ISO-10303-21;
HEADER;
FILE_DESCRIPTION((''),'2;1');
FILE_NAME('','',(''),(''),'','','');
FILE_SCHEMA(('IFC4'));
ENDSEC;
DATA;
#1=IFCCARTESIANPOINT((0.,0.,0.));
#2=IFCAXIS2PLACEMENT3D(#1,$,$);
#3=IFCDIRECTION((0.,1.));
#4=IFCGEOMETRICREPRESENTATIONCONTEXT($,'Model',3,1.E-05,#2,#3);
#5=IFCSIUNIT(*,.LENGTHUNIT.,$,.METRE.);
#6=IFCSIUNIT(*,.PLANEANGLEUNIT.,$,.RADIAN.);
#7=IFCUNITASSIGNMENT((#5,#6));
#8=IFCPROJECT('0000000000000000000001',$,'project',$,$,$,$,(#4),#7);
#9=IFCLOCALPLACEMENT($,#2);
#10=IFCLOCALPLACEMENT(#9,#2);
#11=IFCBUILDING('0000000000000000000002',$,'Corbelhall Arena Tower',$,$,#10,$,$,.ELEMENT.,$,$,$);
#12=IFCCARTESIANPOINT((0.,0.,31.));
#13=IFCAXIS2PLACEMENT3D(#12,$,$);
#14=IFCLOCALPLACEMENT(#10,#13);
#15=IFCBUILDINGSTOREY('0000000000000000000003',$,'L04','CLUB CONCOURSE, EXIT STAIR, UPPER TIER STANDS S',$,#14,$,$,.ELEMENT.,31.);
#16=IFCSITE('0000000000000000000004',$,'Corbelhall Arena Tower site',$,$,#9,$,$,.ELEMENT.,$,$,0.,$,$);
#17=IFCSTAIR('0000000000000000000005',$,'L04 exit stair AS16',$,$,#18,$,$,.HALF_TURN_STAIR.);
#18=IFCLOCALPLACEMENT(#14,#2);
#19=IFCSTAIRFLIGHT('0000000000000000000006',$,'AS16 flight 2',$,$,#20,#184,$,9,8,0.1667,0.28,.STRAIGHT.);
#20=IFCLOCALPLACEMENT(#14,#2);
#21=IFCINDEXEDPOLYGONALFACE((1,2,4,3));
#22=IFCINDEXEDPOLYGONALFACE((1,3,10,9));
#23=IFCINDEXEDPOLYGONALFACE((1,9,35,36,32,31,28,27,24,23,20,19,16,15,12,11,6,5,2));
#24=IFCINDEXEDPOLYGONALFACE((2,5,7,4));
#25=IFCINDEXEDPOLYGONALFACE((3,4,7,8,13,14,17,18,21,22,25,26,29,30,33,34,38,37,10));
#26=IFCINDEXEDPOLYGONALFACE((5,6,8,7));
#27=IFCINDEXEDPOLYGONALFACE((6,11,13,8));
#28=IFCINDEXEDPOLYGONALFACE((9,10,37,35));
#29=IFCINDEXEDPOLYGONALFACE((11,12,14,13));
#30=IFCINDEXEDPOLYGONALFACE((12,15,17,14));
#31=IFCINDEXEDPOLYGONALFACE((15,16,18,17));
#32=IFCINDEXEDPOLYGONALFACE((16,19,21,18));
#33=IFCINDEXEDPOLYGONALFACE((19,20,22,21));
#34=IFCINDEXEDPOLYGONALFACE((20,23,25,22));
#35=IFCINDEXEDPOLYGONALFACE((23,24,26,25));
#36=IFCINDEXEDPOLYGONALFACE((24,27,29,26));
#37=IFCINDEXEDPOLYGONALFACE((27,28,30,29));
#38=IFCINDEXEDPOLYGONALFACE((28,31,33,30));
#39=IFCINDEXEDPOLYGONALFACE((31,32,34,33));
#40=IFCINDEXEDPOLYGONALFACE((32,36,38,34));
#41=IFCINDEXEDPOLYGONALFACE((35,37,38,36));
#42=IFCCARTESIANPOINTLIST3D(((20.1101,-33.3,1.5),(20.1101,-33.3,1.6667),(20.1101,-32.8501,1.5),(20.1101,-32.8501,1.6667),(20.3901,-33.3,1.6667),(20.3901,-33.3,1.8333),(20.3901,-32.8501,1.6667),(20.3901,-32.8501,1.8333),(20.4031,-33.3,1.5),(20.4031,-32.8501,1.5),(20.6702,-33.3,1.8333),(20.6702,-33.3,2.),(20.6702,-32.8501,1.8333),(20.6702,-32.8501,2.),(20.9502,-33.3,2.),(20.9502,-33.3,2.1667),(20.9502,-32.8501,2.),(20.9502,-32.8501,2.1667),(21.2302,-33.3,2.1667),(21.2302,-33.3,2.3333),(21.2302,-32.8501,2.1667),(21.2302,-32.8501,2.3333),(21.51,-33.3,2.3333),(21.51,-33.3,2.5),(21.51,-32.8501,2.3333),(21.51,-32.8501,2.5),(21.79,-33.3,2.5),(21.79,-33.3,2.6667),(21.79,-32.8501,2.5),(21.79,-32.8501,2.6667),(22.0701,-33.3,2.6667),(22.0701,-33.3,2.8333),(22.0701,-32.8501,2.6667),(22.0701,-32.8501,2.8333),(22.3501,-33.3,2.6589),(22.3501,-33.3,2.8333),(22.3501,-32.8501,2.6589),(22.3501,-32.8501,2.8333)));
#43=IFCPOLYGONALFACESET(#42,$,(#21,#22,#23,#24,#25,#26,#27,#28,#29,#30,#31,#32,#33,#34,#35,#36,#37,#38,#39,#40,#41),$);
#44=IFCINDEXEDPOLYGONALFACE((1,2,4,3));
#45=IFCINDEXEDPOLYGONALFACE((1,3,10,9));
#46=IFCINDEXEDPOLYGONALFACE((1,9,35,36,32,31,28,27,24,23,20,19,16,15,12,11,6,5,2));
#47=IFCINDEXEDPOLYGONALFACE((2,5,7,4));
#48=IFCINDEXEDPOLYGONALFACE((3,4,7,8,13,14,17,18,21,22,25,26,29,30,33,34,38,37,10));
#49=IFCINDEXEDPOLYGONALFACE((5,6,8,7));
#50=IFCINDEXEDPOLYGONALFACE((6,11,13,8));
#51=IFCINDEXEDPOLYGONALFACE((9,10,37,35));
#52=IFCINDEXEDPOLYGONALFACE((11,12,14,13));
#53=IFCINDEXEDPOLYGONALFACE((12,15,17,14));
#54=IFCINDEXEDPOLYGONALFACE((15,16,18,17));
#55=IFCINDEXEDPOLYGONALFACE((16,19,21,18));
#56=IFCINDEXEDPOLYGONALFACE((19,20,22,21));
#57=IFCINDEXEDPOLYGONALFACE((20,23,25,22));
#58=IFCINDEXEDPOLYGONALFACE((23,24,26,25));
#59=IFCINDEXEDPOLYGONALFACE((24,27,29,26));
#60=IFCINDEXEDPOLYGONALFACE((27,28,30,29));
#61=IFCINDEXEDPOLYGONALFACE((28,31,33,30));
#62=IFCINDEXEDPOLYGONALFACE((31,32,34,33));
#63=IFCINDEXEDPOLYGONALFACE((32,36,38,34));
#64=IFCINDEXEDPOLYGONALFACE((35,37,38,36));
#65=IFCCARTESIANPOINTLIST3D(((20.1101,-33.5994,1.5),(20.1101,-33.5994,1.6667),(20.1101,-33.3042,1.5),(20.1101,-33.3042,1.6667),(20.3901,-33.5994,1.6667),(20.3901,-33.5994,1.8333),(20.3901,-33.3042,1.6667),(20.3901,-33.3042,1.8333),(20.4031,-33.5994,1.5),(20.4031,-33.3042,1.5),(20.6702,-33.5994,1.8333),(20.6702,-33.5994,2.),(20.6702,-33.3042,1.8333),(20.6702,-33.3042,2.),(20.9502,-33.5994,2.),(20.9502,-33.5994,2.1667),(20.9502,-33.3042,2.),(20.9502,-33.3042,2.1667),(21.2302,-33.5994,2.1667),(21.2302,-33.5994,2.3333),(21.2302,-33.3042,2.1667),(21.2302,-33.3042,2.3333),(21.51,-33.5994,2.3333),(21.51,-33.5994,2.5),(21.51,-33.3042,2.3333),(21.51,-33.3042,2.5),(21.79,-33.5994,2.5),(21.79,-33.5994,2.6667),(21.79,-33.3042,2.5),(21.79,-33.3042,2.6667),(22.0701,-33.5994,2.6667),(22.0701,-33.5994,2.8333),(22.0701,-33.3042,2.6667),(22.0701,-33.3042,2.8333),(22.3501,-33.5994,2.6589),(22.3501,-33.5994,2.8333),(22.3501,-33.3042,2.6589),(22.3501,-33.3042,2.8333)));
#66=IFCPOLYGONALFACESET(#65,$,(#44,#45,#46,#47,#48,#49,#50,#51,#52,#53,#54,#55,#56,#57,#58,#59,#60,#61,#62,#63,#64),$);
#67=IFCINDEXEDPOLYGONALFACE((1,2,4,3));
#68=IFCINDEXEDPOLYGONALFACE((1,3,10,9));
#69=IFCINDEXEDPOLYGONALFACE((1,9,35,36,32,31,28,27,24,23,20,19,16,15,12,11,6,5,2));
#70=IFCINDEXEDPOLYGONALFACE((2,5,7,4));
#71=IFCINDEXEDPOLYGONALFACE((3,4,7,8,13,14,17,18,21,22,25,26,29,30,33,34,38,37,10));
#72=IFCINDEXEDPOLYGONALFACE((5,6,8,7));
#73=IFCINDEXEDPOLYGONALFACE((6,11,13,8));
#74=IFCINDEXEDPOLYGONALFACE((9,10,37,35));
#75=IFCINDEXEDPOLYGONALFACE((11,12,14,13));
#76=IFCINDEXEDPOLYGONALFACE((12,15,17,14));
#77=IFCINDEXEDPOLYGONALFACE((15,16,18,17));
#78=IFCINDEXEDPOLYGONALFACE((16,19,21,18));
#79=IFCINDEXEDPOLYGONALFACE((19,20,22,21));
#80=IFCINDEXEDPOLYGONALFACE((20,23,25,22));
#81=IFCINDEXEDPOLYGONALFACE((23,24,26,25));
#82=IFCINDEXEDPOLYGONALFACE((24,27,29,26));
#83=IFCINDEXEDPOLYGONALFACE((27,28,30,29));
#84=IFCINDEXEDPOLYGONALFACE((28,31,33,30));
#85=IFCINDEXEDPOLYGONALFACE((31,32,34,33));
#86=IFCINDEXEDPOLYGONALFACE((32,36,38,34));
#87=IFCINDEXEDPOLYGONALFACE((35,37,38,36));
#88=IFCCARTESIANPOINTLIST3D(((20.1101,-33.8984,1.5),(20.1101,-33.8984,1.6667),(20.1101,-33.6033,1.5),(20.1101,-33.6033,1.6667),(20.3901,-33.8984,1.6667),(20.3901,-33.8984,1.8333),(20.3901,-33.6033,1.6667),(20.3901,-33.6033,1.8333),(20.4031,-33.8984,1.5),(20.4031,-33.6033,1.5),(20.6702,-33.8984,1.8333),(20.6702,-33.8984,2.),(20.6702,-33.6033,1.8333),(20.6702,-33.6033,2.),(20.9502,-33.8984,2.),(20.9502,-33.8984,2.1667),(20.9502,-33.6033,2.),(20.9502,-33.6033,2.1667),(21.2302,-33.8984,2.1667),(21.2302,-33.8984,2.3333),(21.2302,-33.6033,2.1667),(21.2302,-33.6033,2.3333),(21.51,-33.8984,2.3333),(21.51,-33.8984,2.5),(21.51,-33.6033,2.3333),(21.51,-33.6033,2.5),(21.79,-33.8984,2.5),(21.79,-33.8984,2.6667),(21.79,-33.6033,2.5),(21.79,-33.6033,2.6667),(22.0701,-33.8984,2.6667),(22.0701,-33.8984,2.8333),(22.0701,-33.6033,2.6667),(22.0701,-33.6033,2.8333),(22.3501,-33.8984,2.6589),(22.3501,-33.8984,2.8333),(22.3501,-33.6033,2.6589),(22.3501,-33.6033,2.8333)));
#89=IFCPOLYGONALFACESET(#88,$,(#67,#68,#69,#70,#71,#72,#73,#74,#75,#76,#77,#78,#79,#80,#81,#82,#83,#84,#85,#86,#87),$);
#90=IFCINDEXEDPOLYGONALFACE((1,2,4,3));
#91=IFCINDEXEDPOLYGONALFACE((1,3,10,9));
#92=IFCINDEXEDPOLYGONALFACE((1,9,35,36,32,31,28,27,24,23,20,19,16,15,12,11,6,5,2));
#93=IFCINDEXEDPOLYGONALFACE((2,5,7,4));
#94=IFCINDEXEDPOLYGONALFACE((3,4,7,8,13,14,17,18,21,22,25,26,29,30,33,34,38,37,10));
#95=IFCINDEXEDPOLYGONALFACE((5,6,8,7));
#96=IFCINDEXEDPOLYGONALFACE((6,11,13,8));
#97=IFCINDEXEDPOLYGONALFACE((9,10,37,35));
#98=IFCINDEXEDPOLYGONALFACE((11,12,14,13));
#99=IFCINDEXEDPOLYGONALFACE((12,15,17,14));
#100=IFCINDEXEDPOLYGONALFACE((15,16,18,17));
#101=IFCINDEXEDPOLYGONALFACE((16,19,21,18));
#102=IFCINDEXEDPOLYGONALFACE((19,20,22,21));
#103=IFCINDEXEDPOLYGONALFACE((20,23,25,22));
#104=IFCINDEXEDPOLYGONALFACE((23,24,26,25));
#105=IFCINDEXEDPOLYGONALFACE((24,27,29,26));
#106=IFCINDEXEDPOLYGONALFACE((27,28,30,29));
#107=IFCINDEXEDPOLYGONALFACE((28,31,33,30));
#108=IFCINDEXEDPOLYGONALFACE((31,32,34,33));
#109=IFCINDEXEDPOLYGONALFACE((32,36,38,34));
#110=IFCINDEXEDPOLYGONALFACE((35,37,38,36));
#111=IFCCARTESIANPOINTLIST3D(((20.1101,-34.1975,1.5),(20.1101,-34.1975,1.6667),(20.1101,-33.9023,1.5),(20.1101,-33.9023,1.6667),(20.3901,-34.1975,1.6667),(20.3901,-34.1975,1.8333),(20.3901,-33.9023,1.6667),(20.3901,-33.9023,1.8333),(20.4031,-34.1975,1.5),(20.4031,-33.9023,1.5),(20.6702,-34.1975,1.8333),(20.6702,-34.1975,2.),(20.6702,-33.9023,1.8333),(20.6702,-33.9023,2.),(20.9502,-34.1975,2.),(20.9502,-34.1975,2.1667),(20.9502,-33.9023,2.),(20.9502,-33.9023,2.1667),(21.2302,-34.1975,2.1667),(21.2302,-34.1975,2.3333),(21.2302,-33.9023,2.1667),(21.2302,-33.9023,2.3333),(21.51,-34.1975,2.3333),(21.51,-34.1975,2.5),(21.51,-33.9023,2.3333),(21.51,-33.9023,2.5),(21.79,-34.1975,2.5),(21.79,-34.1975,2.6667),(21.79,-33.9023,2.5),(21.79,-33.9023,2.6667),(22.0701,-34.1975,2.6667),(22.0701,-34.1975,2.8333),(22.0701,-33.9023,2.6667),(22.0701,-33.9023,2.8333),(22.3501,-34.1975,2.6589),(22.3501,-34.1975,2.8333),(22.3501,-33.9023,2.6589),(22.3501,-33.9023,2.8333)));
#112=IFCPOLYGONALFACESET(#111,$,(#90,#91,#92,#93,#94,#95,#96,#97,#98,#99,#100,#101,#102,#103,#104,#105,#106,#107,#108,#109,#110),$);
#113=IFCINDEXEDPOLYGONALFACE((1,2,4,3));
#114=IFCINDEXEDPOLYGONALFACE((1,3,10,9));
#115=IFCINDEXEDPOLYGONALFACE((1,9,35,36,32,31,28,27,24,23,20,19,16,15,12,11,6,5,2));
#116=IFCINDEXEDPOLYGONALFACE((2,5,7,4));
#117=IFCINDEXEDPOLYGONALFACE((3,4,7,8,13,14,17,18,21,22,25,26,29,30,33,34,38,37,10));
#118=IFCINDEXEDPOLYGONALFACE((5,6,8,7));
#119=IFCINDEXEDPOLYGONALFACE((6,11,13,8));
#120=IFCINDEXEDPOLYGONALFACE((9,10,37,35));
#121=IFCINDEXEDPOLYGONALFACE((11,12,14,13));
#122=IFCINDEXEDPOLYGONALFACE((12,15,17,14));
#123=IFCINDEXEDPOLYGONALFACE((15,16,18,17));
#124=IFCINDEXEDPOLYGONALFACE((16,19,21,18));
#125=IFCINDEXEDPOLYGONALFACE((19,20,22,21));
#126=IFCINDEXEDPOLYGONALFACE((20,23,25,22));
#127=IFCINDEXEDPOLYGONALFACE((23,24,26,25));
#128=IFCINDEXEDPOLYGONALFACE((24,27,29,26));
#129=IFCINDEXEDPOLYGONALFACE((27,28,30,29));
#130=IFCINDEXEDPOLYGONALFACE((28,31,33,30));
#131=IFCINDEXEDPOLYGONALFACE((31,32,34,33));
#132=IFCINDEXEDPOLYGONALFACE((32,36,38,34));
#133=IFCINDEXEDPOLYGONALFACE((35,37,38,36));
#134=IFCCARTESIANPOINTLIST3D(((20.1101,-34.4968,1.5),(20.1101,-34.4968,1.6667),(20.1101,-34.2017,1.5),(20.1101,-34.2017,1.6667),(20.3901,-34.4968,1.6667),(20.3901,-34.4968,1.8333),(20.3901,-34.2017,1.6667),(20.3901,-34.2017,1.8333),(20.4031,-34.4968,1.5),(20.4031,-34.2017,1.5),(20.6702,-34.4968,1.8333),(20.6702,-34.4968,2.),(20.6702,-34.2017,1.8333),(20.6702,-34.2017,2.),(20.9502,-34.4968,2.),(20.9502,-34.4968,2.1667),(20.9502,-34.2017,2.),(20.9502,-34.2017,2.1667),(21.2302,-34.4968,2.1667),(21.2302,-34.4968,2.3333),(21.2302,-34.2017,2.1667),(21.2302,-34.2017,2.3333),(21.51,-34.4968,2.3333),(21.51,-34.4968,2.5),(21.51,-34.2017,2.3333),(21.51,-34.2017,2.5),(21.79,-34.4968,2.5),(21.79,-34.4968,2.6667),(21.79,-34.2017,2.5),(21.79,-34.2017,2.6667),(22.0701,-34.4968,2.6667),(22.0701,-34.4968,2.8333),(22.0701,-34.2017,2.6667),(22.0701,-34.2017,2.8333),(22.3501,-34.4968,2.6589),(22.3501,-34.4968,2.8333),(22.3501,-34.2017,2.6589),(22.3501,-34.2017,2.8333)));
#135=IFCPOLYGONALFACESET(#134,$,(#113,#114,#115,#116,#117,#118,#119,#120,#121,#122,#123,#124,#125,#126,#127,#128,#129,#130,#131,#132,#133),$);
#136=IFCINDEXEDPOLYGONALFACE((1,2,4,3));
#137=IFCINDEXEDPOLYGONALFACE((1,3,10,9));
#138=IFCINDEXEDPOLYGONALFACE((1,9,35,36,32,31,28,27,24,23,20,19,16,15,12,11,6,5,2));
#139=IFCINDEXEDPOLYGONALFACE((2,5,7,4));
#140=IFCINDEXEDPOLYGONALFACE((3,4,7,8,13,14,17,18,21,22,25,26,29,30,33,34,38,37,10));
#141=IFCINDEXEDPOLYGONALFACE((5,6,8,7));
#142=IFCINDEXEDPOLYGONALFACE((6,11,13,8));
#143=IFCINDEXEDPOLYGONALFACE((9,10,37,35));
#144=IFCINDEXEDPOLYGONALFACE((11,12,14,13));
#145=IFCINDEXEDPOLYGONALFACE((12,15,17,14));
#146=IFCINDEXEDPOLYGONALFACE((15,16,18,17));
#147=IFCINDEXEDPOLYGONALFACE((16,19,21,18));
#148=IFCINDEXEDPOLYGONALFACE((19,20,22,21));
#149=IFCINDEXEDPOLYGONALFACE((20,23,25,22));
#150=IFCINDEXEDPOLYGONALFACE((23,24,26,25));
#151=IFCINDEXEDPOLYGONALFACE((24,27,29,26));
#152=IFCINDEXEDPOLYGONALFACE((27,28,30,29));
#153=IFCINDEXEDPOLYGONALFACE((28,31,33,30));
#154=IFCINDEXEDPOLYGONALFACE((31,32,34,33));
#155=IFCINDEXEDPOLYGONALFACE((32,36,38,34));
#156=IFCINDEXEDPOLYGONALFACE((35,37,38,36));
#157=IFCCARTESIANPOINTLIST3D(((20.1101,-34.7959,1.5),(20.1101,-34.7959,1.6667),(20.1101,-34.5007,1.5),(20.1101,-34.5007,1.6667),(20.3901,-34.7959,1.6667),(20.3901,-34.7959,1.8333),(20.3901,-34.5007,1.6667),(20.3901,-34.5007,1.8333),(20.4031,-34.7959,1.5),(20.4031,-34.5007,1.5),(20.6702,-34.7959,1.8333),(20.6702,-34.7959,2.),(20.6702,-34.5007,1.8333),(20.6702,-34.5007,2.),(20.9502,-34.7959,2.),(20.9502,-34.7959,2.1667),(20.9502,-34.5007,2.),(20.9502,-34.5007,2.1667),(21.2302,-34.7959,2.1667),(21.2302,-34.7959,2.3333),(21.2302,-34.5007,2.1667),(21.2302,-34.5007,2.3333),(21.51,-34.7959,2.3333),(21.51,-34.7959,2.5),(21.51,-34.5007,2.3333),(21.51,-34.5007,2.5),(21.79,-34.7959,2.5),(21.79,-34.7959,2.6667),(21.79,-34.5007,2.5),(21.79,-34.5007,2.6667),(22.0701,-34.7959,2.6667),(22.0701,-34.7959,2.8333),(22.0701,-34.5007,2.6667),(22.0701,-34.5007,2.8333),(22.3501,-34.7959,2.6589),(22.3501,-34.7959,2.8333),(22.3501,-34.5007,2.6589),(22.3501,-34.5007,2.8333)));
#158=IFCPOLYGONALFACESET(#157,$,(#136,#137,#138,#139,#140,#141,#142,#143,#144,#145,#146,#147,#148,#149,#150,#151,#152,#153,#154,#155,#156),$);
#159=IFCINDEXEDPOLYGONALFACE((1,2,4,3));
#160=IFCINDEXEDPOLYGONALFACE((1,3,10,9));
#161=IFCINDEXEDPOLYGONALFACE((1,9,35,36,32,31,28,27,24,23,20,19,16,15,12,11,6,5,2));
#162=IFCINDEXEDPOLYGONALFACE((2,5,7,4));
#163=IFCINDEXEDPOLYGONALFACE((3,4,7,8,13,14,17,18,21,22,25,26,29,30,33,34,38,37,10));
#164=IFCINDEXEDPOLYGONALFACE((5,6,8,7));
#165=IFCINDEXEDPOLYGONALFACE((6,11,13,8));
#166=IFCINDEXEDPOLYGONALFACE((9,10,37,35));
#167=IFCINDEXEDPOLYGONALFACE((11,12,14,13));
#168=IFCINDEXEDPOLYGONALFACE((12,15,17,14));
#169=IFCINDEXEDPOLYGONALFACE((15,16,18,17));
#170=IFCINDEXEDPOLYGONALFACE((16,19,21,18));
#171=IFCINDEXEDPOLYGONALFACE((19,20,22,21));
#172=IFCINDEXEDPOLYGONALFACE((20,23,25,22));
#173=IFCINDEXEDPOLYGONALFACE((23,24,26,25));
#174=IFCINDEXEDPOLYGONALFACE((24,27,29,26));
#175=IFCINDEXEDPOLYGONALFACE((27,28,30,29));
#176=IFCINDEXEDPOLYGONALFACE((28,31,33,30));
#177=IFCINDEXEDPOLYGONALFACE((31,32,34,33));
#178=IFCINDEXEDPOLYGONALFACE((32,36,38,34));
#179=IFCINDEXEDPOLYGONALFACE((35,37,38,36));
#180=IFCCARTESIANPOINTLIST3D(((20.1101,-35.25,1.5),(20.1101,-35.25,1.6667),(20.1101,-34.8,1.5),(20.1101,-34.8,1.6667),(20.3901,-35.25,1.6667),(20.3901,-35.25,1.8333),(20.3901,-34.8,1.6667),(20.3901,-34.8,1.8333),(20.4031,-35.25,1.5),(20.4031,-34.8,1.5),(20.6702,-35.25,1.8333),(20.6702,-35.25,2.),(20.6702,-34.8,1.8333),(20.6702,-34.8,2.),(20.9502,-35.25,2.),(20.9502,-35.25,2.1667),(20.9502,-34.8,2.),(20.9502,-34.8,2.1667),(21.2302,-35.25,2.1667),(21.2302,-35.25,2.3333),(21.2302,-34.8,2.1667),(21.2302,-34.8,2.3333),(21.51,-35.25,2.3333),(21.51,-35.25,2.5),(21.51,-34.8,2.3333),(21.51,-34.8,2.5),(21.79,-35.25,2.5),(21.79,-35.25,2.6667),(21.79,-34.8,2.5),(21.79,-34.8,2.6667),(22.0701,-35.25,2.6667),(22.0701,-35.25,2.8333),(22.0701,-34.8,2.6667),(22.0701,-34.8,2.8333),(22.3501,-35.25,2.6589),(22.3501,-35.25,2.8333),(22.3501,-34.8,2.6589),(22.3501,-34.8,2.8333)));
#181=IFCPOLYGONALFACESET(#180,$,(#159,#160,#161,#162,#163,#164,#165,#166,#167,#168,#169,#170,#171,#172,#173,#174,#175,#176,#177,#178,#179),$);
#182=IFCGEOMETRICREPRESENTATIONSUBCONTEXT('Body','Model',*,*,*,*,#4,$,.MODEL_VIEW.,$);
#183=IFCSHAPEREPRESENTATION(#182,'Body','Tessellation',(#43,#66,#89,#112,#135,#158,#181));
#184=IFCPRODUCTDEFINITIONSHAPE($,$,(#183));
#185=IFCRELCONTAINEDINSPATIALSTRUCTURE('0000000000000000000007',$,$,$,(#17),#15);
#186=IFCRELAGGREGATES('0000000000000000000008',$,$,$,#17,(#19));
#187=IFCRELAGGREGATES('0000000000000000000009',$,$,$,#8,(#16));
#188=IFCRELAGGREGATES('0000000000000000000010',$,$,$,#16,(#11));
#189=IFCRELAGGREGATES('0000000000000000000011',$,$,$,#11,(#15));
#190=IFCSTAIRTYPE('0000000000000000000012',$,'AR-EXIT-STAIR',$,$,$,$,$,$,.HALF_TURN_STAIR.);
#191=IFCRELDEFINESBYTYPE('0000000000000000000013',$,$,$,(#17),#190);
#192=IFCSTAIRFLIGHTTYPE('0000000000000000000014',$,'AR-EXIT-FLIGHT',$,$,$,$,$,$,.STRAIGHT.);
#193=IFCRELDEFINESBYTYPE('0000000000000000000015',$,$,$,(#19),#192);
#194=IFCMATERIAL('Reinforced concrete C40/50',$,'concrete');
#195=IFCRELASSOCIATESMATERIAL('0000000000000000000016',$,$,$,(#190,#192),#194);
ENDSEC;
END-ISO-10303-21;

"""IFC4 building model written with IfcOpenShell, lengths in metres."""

from ifc_helpers import new_model, si_unit, direction, frame, origin, place, context, subcontext, project, spatial, polyline, outline, extrude, material, type_object, element, aggregate, save


model = new_model("IFC4")

# Units and contexts
model_context = context("Model", 3, precision=1e-05, world=origin(), true_north=direction((0.0, 1.0)))
body_context = subcontext(model_context, "Body", "Model", "MODEL_VIEW")
ifc_project = project(units=[si_unit("LENGTHUNIT", "METRE"), si_unit("PLANEANGLEUNIT", "RADIAN")], contexts=[model_context])

# Site, building, storey
site_placement = place(None, origin())
site = spatial("IfcSite", under=ifc_project, at=site_placement, Name="Corbelhall Arena Tower site", CompositionType="ELEMENT", RefElevation=0.0)
building_placement = place(site_placement, origin())
building = spatial("IfcBuilding", under=site, at=building_placement, Name="Corbelhall Arena Tower", CompositionType="ELEMENT")
storey_placement = place(building_placement, frame((0.0, 0.0, 31.0)))
storey = spatial("IfcBuildingStorey", under=building, at=storey_placement, Name="L04", Description="CLUB CONCOURSE, EXIT STAIR, UPPER TIER STANDS S", CompositionType="ELEMENT", Elevation=31.0)

# Shared definitions
ifc_material_1 = material(Name="Reinforced concrete C40/50", Category="concrete")

# Stair, stair flight
stair_type = type_object("IfcStairType", Name="AR-EXIT-STAIR", PredefinedType="HALF_TURN_STAIR", material=ifc_material_1)
stair_flight_type = type_object("IfcStairFlightType", Name="AR-EXIT-FLIGHT", PredefinedType="STRAIGHT", material=ifc_material_1)
stair_1_placement = place(storey_placement, origin())
stair_1 = element("IfcStair", 1, at=stair_1_placement, inside=storey, type_object=stair_type, Name="L04 exit stair AS16", PredefinedType="HALF_TURN_STAIR")
stair_flight_1_placement = place(storey_placement, frame((20.1101, -34.05, 1.5), z_axis=(0.0, 0.0, 1.0), x_axis=(1.0, 0.0, 0.0)))
stair_flight_1 = element("IfcStairFlight", 2, at=stair_flight_1_placement, type_object=stair_flight_type, Name="AS16 flight 2", NumberOfRisers=9, NumberOfTreads=8, PredefinedType="STRAIGHT", RiserHeight=0.1667, TreadLength=0.28, context=body_context, shape_type="SweptSolid", body=[
    extrude(outline(polyline([(0.0, 0.0), (0.0, 0.1667), (0.28, 0.1667), (0.28, 0.3333), (0.5601, 0.3333), (0.5601, 0.5), (0.8401, 0.5), (0.8401, 0.6667), (1.1201, 0.6667), (1.1201, 0.8333), (1.3999, 0.8333), (1.3999, 1.0), (1.6799, 1.0), (1.6799, 1.1667), (1.96, 1.1667), (1.96, 1.3333), (2.24, 1.3333), (2.24, 1.5), (2.24, 1.1589), (0.293, 0.0), (0.0, 0.0)])), frame((0.0, 1.2, 0.0), z_axis=(0.0, -1.0, 0.0), x_axis=(1.0, 0.0, 0.0)), (0.0, 0.0, 1.0), 0.45),
    extrude(outline(polyline([(0.0, 0.0), (0.0, 0.1667), (0.28, 0.1667), (0.28, 0.3333), (0.5601, 0.3333), (0.5601, 0.5), (0.8401, 0.5), (0.8401, 0.6667), (1.1201, 0.6667), (1.1201, 0.8333), (1.3999, 0.8333), (1.3999, 1.0), (1.6799, 1.0), (1.6799, 1.1667), (1.96, 1.1667), (1.96, 1.3333), (2.24, 1.3333), (2.24, 1.5), (2.24, 1.1589), (0.293, 0.0), (0.0, 0.0)])), frame((0.0, 0.7458, 0.0), z_axis=(0.0, -1.0, 0.0), x_axis=(1.0, 0.0, 0.0)), (0.0, 0.0, 1.0), 0.2952),
    extrude(outline(polyline([(0.0, 0.0), (0.0, 0.1667), (0.28, 0.1667), (0.28, 0.3333), (0.5601, 0.3333), (0.5601, 0.5), (0.8401, 0.5), (0.8401, 0.6667), (1.1201, 0.6667), (1.1201, 0.8333), (1.3999, 0.8333), (1.3999, 1.0), (1.6799, 1.0), (1.6799, 1.1667), (1.96, 1.1667), (1.96, 1.3333), (2.24, 1.3333), (2.24, 1.5), (2.24, 1.1589), (0.293, 0.0), (0.0, 0.0)])), frame((0.0, 0.4468, 0.0), z_axis=(0.0, -1.0, 0.0), x_axis=(1.0, 0.0, 0.0)), (0.0, 0.0, 1.0), 0.2952),
    extrude(outline(polyline([(0.0, 0.0), (0.0, 0.1667), (0.28, 0.1667), (0.28, 0.3333), (0.5601, 0.3333), (0.5601, 0.5), (0.8401, 0.5), (0.8401, 0.6667), (1.1201, 0.6667), (1.1201, 0.8333), (1.3999, 0.8333), (1.3999, 1.0), (1.6799, 1.0), (1.6799, 1.1667), (1.96, 1.1667), (1.96, 1.3333), (2.24, 1.3333), (2.24, 1.5), (2.24, 1.1589), (0.293, 0.0), (0.0, 0.0)])), frame((0.0, 0.1477, 0.0), z_axis=(0.0, -1.0, 0.0), x_axis=(1.0, 0.0, 0.0)), (0.0, 0.0, 1.0), 0.2952),
    extrude(outline(polyline([(0.0, 0.0), (0.0, 0.1667), (0.28, 0.1667), (0.28, 0.3333), (0.5601, 0.3333), (0.5601, 0.5), (0.8401, 0.5), (0.8401, 0.6667), (1.1201, 0.6667), (1.1201, 0.8333), (1.3999, 0.8333), (1.3999, 1.0), (1.6799, 1.0), (1.6799, 1.1667), (1.96, 1.1667), (1.96, 1.3333), (2.24, 1.3333), (2.24, 1.5), (2.24, 1.1589), (0.293, 0.0), (0.0, 0.0)])), frame((0.0, -0.1516, 0.0), z_axis=(0.0, -1.0, 0.0), x_axis=(1.0, 0.0, 0.0)), (0.0, 0.0, 1.0), 0.2952),
    extrude(outline(polyline([(0.0, 0.0), (0.0, 0.1667), (0.28, 0.1667), (0.28, 0.3333), (0.5601, 0.3333), (0.5601, 0.5), (0.8401, 0.5), (0.8401, 0.6667), (1.1201, 0.6667), (1.1201, 0.8333), (1.3999, 0.8333), (1.3999, 1.0), (1.6799, 1.0), (1.6799, 1.1667), (1.96, 1.1667), (1.96, 1.3333), (2.24, 1.3333), (2.24, 1.5), (2.24, 1.1589), (0.293, 0.0), (0.0, 0.0)])), frame((0.0, -0.4507, 0.0), z_axis=(0.0, -1.0, 0.0), x_axis=(1.0, 0.0, 0.0)), (0.0, 0.0, 1.0), 0.2952),
    extrude(outline(polyline([(0.0, 0.0), (0.0, 0.1667), (0.28, 0.1667), (0.28, 0.3333), (0.5601, 0.3333), (0.5601, 0.5), (0.8401, 0.5), (0.8401, 0.6667), (1.1201, 0.6667), (1.1201, 0.8333), (1.3999, 0.8333), (1.3999, 1.0), (1.6799, 1.0), (1.6799, 1.1667), (1.96, 1.1667), (1.96, 1.3333), (2.24, 1.3333), (2.24, 1.5), (2.24, 1.1589), (0.293, 0.0), (0.0, 0.0)])), frame((0.0, -0.75, 0.0), z_axis=(0.0, -1.0, 0.0), x_axis=(1.0, 0.0, 0.0)), (0.0, 0.0, 1.0), 0.45),
])
aggregate(stair_1, [stair_flight_1])

save(model, "model.ifc")
